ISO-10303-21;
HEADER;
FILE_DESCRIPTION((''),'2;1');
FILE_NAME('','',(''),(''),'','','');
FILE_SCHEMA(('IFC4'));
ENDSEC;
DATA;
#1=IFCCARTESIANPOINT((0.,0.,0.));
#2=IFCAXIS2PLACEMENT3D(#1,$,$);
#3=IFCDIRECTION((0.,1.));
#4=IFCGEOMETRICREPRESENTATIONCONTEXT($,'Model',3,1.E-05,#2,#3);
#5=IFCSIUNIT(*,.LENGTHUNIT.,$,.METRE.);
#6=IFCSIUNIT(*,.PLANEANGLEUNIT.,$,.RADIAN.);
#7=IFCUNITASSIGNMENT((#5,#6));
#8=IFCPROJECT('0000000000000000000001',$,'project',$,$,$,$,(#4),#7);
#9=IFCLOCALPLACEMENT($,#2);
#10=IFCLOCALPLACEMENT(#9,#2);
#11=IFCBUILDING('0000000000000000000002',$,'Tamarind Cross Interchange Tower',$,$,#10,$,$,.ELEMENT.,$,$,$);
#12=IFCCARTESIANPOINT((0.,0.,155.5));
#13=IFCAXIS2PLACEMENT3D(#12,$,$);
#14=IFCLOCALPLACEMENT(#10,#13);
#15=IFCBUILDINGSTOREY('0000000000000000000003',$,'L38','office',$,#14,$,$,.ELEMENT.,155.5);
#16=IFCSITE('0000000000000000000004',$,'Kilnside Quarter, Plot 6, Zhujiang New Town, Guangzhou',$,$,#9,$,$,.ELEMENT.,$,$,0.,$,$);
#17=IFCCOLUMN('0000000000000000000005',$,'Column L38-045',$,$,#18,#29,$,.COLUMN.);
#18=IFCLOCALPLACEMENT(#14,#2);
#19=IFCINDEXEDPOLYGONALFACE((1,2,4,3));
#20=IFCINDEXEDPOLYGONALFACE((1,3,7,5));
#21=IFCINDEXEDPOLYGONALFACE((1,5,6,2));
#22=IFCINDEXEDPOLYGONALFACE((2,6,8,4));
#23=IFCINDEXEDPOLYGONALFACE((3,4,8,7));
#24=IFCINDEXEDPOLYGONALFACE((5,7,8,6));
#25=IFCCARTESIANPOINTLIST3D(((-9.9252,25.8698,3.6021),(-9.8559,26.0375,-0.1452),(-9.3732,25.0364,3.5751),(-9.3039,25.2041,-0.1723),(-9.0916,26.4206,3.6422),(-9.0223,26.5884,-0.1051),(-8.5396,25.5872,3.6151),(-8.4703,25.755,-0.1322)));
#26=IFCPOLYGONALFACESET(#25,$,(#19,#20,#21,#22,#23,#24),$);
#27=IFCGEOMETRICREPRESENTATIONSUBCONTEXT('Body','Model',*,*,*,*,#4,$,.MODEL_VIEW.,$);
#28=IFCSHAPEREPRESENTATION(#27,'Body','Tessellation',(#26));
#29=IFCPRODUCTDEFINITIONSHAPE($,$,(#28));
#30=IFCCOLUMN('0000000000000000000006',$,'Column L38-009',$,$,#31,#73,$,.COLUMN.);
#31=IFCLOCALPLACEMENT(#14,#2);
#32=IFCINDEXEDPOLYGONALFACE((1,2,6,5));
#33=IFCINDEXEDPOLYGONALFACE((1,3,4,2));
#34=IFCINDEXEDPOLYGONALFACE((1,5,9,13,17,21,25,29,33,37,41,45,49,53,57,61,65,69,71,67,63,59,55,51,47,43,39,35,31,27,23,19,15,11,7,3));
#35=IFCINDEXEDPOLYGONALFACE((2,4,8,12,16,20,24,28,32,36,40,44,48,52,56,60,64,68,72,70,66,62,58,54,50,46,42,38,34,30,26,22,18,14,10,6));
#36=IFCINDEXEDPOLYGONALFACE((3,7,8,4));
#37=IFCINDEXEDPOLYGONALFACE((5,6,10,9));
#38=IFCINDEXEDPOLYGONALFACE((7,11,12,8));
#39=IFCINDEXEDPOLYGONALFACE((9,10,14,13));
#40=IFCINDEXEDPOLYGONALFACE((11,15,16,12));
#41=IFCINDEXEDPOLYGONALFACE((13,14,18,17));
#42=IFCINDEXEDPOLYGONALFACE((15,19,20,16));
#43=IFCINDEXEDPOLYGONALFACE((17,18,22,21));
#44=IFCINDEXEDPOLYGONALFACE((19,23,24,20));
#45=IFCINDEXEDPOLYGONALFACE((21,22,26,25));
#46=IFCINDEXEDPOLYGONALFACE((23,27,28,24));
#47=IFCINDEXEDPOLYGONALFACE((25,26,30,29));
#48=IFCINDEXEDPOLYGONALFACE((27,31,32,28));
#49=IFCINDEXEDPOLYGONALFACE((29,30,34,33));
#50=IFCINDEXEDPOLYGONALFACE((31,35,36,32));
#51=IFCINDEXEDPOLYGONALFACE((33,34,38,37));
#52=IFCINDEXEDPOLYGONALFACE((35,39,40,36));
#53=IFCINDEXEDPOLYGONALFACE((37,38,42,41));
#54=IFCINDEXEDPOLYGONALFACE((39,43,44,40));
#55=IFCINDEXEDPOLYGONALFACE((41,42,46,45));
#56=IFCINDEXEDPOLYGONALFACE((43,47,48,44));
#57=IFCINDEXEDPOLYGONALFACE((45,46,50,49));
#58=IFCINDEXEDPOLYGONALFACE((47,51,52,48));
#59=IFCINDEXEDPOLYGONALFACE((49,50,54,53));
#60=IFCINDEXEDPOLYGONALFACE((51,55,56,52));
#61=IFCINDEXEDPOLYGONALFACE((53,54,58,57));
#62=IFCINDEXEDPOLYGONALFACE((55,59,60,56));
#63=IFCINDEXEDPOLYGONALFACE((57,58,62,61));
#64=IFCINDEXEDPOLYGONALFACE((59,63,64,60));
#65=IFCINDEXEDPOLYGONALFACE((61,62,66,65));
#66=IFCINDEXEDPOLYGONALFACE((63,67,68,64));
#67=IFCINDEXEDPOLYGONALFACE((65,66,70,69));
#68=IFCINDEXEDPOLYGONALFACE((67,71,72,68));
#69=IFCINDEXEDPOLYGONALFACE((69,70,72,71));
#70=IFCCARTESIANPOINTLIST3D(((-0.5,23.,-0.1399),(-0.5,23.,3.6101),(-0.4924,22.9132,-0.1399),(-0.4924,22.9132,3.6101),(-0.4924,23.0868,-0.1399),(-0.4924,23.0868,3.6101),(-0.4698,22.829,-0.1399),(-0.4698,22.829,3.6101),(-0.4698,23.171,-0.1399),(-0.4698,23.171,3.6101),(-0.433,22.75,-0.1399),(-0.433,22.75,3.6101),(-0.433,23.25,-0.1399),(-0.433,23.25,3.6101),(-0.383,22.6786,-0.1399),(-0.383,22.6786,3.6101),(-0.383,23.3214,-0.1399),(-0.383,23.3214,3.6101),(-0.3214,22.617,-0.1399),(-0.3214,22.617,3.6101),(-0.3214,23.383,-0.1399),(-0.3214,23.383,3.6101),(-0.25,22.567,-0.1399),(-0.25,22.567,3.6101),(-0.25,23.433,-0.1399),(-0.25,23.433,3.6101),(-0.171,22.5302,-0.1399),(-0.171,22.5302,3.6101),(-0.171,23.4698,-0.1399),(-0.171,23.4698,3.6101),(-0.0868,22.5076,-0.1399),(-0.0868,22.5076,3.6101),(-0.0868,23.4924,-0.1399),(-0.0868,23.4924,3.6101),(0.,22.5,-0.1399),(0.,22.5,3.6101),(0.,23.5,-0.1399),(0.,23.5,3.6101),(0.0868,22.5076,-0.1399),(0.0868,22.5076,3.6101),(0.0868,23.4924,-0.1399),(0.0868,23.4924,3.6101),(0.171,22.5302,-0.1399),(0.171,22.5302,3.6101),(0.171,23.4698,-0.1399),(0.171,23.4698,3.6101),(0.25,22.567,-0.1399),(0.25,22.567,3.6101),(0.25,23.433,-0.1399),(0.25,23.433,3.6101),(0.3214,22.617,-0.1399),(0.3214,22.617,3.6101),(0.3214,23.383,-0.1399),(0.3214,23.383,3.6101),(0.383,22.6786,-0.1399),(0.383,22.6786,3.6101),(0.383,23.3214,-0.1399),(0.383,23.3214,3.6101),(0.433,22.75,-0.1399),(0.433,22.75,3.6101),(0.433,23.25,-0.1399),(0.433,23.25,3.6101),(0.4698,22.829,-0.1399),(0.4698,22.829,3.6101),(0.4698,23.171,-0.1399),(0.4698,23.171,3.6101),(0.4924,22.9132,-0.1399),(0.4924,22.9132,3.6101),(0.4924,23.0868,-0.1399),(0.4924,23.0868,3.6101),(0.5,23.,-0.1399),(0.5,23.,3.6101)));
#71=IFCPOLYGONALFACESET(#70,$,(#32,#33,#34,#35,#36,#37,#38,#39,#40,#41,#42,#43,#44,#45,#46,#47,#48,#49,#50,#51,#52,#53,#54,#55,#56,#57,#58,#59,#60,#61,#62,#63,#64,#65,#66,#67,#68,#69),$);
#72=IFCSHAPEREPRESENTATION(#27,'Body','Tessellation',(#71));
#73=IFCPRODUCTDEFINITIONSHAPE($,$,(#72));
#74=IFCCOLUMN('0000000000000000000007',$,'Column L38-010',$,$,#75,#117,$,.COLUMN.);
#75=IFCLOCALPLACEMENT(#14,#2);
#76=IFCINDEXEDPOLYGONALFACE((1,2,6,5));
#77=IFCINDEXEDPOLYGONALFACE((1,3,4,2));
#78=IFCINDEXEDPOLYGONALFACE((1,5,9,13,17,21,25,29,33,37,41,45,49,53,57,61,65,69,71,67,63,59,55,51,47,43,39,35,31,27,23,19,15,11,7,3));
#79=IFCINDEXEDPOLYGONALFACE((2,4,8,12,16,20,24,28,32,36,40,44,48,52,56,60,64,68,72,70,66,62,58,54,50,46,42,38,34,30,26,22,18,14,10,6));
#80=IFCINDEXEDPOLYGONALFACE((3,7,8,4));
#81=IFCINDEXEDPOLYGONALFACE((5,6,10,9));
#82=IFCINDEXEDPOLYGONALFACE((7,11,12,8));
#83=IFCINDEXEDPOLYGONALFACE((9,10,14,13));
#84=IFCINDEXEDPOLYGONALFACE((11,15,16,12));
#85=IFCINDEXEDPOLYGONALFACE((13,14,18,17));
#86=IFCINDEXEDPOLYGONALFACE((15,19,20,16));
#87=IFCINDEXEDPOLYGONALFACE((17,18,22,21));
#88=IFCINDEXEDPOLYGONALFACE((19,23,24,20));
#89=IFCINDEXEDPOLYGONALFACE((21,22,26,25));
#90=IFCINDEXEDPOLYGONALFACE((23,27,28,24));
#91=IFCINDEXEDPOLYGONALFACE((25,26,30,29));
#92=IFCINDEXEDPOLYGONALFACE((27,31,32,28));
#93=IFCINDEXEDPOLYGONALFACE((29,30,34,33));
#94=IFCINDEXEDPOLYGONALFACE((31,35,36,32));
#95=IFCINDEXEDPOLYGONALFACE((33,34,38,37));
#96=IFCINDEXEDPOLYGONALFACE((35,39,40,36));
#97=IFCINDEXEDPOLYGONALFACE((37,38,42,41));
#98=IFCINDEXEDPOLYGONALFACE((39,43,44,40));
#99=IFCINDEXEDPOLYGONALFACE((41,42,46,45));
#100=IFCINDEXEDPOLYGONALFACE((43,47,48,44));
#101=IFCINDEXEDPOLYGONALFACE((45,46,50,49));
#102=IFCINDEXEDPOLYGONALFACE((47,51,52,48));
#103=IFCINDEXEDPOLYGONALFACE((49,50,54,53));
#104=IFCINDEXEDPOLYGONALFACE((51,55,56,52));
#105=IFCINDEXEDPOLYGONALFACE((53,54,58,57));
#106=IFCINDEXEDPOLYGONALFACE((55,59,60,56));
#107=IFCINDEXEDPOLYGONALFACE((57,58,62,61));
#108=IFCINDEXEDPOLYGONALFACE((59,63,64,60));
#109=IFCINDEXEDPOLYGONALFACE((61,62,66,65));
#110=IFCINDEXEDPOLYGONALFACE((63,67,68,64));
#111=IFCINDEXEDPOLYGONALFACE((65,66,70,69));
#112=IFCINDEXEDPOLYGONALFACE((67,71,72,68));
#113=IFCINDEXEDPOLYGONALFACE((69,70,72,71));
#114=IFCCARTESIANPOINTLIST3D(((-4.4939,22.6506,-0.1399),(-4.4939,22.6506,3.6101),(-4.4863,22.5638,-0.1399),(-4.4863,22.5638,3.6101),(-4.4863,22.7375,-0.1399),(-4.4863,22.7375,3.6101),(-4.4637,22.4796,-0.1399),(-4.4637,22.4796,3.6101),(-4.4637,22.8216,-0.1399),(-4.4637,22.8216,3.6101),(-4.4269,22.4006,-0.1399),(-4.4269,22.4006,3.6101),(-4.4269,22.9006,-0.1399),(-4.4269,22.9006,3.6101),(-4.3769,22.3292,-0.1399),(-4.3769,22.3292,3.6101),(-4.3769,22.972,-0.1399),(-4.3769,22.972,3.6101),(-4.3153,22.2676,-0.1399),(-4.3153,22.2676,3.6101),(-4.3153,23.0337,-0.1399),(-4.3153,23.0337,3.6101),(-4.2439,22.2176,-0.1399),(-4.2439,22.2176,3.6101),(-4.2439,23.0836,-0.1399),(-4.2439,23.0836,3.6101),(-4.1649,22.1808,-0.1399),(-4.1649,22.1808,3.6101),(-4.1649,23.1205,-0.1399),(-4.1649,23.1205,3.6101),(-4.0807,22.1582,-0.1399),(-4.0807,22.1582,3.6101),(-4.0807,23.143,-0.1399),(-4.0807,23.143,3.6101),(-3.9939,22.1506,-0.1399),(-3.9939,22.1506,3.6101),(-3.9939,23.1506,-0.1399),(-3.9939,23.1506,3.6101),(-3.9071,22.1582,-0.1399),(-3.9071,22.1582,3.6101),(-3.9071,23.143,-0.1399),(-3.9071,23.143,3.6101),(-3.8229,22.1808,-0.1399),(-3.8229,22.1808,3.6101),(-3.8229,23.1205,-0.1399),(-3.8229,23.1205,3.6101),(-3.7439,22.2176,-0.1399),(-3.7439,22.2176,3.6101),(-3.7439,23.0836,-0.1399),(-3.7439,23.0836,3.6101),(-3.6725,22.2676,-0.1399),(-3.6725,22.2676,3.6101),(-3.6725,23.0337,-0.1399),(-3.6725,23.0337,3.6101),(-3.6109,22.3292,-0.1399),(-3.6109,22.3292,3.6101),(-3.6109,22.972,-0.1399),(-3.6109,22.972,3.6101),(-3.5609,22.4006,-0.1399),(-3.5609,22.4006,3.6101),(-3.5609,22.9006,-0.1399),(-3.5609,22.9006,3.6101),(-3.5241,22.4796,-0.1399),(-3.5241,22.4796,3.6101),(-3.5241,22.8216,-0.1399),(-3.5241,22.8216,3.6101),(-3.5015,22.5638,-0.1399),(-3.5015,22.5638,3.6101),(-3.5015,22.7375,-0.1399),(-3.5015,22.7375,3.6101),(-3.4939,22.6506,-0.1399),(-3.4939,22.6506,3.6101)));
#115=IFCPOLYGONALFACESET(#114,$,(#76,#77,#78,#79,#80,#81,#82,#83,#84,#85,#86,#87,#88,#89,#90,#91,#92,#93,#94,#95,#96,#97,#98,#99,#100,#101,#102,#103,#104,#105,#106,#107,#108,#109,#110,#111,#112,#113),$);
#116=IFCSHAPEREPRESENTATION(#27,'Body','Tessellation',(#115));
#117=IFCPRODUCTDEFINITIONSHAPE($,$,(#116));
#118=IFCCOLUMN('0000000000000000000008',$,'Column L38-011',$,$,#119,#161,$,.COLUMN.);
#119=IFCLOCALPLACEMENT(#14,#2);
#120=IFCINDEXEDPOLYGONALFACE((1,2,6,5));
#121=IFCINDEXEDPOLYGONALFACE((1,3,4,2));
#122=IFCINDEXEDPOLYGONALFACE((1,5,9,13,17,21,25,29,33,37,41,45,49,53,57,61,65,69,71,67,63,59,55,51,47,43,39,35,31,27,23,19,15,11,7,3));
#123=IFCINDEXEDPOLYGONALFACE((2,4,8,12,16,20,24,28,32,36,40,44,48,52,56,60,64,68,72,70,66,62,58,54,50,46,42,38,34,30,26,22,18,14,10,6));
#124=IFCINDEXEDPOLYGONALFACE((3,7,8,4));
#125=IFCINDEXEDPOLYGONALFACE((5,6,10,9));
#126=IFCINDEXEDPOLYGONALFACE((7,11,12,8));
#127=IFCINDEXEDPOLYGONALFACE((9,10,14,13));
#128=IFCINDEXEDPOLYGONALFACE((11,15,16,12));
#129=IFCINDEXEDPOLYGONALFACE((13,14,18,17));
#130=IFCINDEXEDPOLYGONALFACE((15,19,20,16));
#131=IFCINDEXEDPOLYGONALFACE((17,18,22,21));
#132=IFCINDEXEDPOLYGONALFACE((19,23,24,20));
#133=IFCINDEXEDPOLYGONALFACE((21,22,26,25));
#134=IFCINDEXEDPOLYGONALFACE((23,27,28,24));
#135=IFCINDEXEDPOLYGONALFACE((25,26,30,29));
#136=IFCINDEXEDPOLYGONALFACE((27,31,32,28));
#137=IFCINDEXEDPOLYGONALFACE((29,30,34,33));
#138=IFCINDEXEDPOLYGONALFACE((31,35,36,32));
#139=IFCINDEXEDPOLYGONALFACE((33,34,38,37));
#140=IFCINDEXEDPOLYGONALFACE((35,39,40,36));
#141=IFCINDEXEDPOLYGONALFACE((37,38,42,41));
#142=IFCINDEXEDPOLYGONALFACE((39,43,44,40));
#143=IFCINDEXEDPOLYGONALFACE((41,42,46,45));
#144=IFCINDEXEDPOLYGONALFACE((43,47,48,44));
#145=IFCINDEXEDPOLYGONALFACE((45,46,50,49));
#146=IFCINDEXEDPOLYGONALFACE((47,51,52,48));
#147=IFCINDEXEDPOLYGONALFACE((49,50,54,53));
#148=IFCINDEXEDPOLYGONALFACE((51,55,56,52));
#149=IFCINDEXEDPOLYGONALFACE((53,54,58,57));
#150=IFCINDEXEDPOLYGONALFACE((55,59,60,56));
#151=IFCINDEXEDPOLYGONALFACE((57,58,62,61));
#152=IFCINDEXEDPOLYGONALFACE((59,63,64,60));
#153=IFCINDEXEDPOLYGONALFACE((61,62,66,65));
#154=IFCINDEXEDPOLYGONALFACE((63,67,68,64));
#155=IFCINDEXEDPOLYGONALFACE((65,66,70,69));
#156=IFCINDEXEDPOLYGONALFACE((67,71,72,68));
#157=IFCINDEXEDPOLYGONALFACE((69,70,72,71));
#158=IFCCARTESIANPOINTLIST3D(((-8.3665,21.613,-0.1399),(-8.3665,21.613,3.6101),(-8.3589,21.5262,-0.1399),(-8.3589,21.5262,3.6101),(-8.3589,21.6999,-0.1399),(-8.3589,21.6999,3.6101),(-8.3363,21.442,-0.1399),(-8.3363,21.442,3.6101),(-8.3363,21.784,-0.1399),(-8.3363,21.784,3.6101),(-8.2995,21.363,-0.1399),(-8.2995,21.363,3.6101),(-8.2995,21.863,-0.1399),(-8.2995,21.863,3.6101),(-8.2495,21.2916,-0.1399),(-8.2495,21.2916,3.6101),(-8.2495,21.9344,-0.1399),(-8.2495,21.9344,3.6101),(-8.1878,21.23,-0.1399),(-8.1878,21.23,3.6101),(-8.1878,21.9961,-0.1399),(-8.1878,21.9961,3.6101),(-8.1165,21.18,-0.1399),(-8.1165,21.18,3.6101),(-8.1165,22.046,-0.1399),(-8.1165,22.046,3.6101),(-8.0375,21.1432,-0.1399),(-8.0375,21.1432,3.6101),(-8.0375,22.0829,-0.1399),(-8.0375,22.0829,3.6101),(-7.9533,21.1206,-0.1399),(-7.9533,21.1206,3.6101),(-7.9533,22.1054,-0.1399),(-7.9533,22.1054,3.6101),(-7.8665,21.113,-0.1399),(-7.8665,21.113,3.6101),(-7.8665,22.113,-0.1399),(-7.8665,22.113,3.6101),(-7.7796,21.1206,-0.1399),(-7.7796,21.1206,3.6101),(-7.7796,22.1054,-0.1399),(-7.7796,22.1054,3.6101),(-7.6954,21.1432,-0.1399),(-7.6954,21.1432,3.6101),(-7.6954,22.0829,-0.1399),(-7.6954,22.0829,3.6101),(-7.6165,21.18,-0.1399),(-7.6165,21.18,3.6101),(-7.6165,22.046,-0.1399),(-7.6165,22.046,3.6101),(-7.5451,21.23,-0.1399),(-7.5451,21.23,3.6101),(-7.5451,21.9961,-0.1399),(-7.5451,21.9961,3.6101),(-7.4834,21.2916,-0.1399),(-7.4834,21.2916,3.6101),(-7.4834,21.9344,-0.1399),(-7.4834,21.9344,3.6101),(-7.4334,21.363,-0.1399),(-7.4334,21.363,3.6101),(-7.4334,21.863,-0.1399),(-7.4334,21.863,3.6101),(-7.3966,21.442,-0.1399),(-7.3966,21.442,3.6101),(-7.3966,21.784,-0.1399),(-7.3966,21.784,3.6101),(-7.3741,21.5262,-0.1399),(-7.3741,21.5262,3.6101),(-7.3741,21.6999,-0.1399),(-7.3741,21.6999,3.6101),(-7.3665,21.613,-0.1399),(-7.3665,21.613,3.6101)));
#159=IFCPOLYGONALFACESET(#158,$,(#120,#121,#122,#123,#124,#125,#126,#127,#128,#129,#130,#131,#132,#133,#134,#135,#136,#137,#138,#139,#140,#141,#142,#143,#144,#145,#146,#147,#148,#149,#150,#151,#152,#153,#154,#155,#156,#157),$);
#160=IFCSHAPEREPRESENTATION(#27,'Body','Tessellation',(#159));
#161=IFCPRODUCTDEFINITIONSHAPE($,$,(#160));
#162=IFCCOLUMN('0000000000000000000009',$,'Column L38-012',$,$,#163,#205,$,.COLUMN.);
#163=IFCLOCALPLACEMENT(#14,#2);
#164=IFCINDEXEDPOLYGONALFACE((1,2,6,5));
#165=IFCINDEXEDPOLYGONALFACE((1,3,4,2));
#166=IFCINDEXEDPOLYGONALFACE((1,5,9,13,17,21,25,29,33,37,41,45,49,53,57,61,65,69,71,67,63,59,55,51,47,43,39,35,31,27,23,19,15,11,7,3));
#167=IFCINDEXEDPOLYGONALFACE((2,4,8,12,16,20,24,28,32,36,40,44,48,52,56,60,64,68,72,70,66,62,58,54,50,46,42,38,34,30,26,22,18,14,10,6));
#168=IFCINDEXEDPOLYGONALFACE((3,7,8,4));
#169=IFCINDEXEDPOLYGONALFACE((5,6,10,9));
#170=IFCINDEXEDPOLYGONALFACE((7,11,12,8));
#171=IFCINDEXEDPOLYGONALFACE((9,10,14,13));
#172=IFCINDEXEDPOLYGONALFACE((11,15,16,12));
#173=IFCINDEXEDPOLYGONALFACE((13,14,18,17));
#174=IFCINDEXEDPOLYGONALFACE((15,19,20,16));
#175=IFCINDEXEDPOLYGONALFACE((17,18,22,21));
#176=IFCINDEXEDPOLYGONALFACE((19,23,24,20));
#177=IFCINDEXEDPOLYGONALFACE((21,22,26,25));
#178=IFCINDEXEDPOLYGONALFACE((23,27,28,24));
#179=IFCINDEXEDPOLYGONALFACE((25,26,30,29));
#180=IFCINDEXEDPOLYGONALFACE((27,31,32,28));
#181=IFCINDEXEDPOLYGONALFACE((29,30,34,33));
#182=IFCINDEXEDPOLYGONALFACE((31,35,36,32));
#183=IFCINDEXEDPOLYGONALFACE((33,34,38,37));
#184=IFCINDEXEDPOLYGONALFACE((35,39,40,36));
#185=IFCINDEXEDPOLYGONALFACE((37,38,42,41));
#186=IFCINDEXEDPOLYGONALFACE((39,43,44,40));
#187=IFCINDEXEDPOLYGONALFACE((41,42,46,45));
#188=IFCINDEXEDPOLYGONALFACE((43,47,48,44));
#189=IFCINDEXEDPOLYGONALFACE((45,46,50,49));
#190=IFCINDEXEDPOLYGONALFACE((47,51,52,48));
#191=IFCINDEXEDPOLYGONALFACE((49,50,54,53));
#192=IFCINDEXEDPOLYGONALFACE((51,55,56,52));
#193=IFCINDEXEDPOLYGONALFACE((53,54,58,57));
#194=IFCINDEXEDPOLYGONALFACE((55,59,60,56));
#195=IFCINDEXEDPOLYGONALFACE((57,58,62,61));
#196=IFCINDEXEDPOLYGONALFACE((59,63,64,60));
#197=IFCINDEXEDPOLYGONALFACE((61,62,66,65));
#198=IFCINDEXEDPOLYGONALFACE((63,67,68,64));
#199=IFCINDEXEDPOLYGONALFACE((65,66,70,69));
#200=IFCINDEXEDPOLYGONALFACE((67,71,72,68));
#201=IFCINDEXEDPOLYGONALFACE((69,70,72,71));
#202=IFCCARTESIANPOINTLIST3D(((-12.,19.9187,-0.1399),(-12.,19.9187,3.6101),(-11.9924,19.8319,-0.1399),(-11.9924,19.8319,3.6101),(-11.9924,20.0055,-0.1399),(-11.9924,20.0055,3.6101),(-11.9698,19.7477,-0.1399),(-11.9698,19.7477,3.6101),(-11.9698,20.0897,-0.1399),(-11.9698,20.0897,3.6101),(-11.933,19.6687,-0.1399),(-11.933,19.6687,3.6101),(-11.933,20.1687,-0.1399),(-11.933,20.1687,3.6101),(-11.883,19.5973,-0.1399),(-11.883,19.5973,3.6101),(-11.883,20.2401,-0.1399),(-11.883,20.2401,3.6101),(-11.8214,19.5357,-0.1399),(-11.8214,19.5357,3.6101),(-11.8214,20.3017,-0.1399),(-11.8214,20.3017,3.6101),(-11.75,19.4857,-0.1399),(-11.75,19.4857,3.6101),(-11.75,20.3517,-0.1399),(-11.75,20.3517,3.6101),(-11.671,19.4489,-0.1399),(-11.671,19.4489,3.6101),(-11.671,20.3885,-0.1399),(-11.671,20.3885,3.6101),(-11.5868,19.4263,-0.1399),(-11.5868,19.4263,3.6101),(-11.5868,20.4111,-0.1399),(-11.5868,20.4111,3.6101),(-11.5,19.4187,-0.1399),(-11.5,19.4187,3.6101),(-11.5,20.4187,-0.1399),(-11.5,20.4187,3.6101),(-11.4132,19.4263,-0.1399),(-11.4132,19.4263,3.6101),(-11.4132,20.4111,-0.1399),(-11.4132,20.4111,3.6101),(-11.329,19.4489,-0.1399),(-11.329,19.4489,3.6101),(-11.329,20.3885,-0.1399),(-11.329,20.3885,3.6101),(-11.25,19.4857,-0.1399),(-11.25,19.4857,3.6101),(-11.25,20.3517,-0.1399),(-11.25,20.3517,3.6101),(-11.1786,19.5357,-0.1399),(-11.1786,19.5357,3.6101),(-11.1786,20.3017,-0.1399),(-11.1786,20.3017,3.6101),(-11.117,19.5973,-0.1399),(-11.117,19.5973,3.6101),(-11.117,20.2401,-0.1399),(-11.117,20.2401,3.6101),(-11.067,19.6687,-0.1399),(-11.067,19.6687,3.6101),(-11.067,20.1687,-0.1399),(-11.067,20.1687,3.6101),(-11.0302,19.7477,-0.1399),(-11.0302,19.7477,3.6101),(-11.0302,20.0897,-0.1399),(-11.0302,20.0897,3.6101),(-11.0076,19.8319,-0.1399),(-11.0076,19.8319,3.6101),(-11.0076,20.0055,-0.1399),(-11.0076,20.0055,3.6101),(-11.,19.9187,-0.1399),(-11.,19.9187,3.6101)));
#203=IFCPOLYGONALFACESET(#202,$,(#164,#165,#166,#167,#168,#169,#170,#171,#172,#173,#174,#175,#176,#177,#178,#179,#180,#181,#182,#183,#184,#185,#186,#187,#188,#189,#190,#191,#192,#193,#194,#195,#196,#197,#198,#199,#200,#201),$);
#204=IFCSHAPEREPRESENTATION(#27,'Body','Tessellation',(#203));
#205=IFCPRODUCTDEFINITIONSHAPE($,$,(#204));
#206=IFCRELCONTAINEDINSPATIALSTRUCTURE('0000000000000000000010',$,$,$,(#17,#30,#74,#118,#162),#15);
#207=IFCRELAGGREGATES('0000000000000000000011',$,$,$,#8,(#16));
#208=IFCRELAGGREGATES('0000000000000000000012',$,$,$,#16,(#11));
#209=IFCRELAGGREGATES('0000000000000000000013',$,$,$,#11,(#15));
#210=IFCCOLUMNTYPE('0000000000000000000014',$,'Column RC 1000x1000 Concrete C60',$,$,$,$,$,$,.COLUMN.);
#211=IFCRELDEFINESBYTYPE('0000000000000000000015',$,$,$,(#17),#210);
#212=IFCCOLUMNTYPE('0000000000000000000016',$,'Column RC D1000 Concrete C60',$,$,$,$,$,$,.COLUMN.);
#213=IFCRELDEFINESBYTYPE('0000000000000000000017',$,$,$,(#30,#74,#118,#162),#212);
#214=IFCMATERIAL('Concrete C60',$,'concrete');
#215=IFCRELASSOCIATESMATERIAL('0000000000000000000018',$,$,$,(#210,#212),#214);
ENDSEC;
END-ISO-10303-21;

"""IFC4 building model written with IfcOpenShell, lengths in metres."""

from ifc_helpers import new_model, si_unit, direction, frame, origin, origin_2d, place, context, subcontext, project, spatial, rectangle, circle, extrude, material, material_profile, profile_set, type_object, element, save


model = new_model("IFC4")

# Units and contexts
model_context = context("Model", 3, precision=1e-05, world=origin(), true_north=direction((0.0, 1.0)))
body_context = subcontext(model_context, "Body", "Model", "MODEL_VIEW")
ifc_project = project(units=[si_unit("LENGTHUNIT", "METRE"), si_unit("PLANEANGLEUNIT", "RADIAN")], contexts=[model_context])

# Site, building, storey
site_placement = place(None, origin())
site = spatial("IfcSite", under=ifc_project, at=site_placement, Name="Kilnside Quarter, Plot 6, Zhujiang New Town, Guangzhou", CompositionType="ELEMENT", RefElevation=0.0)
building_placement = place(site_placement, origin())
building = spatial("IfcBuilding", under=site, at=building_placement, Name="Tamarind Cross Interchange Tower", CompositionType="ELEMENT")
storey_placement = place(building_placement, frame((0.0, 0.0, 155.5)))
storey = spatial("IfcBuildingStorey", under=building, at=storey_placement, Name="L38", Description="office", CompositionType="ELEMENT", Elevation=155.5)

# Columns
ifc_material_1 = material(Name="Concrete C60", Category="concrete")
ifc_material_profile_1 = material_profile(ifc_material_1, rectangle(XDim=1.0, YDim=1.0, at=origin_2d()), Name="RC 1000x1000")
ifc_profile_set_1 = profile_set([ifc_material_profile_1], Name="Concrete C60")
column_type_1 = type_object("IfcColumnType", Name="Column RC 1000x1000 Concrete C60", PredefinedType="COLUMN", material=ifc_profile_set_1)
column_placement = place(storey_placement, frame((-9.1631, 25.8962, -0.1387), z_axis=(-0.018481, -0.044706, 0.998829), x_axis=(0.833637, 0.550856, 0.04008)))
element("IfcColumn", 1, at=column_placement, inside=storey, type_object=column_type_1, Name="Column L38-045", PredefinedType="COLUMN", context=body_context, shape_type="SweptSolid", body=[
    extrude(rectangle(XDim=1.0, YDim=1.0, at=origin_2d()), origin(), (0.0, 0.0, 1.0), 3.7517),
])
ifc_material_profile_2 = material_profile(ifc_material_1, circle(Radius=0.5, at=origin_2d()), Name="RC D1000")
ifc_profile_set_2 = profile_set([ifc_material_profile_2], Name="Concrete C60")
column_type_2 = type_object("IfcColumnType", Name="Column RC D1000 Concrete C60", PredefinedType="COLUMN", material=ifc_profile_set_2)
for number, where, z_axis, x_axis, name in (
    (2, (0.0, 23.0, -0.1399), (0.0, 0.0, 1.0), (1.0, 0.0, 0.0), "Column L38-009"),
    (3, (-3.9939, 22.6506, -0.1399), (0.0, 0.0, 1.0), (1.0, 0.0, 0.0), "Column L38-010"),
    (4, (-7.8665, 21.613, -0.1399), (0.0, 0.0, 1.0), (1.0, 0.0, 0.0), "Column L38-011"),
    (5, (-11.5, 19.9187, -0.1399), (0.0, 0.0, 1.0), (1.0, 0.0, 0.0), "Column L38-012"),
):
    element("IfcColumn", number, at=place(storey_placement, frame(where, z_axis=z_axis, x_axis=x_axis)), inside=storey, type_object=column_type_2, Name=name, PredefinedType="COLUMN", context=body_context, shape_type="SweptSolid", body=[
        extrude(circle(Radius=0.5, at=origin_2d()), origin(), (0.0, 0.0, 1.0), 3.75),
    ])

save(model, "model.ifc")
